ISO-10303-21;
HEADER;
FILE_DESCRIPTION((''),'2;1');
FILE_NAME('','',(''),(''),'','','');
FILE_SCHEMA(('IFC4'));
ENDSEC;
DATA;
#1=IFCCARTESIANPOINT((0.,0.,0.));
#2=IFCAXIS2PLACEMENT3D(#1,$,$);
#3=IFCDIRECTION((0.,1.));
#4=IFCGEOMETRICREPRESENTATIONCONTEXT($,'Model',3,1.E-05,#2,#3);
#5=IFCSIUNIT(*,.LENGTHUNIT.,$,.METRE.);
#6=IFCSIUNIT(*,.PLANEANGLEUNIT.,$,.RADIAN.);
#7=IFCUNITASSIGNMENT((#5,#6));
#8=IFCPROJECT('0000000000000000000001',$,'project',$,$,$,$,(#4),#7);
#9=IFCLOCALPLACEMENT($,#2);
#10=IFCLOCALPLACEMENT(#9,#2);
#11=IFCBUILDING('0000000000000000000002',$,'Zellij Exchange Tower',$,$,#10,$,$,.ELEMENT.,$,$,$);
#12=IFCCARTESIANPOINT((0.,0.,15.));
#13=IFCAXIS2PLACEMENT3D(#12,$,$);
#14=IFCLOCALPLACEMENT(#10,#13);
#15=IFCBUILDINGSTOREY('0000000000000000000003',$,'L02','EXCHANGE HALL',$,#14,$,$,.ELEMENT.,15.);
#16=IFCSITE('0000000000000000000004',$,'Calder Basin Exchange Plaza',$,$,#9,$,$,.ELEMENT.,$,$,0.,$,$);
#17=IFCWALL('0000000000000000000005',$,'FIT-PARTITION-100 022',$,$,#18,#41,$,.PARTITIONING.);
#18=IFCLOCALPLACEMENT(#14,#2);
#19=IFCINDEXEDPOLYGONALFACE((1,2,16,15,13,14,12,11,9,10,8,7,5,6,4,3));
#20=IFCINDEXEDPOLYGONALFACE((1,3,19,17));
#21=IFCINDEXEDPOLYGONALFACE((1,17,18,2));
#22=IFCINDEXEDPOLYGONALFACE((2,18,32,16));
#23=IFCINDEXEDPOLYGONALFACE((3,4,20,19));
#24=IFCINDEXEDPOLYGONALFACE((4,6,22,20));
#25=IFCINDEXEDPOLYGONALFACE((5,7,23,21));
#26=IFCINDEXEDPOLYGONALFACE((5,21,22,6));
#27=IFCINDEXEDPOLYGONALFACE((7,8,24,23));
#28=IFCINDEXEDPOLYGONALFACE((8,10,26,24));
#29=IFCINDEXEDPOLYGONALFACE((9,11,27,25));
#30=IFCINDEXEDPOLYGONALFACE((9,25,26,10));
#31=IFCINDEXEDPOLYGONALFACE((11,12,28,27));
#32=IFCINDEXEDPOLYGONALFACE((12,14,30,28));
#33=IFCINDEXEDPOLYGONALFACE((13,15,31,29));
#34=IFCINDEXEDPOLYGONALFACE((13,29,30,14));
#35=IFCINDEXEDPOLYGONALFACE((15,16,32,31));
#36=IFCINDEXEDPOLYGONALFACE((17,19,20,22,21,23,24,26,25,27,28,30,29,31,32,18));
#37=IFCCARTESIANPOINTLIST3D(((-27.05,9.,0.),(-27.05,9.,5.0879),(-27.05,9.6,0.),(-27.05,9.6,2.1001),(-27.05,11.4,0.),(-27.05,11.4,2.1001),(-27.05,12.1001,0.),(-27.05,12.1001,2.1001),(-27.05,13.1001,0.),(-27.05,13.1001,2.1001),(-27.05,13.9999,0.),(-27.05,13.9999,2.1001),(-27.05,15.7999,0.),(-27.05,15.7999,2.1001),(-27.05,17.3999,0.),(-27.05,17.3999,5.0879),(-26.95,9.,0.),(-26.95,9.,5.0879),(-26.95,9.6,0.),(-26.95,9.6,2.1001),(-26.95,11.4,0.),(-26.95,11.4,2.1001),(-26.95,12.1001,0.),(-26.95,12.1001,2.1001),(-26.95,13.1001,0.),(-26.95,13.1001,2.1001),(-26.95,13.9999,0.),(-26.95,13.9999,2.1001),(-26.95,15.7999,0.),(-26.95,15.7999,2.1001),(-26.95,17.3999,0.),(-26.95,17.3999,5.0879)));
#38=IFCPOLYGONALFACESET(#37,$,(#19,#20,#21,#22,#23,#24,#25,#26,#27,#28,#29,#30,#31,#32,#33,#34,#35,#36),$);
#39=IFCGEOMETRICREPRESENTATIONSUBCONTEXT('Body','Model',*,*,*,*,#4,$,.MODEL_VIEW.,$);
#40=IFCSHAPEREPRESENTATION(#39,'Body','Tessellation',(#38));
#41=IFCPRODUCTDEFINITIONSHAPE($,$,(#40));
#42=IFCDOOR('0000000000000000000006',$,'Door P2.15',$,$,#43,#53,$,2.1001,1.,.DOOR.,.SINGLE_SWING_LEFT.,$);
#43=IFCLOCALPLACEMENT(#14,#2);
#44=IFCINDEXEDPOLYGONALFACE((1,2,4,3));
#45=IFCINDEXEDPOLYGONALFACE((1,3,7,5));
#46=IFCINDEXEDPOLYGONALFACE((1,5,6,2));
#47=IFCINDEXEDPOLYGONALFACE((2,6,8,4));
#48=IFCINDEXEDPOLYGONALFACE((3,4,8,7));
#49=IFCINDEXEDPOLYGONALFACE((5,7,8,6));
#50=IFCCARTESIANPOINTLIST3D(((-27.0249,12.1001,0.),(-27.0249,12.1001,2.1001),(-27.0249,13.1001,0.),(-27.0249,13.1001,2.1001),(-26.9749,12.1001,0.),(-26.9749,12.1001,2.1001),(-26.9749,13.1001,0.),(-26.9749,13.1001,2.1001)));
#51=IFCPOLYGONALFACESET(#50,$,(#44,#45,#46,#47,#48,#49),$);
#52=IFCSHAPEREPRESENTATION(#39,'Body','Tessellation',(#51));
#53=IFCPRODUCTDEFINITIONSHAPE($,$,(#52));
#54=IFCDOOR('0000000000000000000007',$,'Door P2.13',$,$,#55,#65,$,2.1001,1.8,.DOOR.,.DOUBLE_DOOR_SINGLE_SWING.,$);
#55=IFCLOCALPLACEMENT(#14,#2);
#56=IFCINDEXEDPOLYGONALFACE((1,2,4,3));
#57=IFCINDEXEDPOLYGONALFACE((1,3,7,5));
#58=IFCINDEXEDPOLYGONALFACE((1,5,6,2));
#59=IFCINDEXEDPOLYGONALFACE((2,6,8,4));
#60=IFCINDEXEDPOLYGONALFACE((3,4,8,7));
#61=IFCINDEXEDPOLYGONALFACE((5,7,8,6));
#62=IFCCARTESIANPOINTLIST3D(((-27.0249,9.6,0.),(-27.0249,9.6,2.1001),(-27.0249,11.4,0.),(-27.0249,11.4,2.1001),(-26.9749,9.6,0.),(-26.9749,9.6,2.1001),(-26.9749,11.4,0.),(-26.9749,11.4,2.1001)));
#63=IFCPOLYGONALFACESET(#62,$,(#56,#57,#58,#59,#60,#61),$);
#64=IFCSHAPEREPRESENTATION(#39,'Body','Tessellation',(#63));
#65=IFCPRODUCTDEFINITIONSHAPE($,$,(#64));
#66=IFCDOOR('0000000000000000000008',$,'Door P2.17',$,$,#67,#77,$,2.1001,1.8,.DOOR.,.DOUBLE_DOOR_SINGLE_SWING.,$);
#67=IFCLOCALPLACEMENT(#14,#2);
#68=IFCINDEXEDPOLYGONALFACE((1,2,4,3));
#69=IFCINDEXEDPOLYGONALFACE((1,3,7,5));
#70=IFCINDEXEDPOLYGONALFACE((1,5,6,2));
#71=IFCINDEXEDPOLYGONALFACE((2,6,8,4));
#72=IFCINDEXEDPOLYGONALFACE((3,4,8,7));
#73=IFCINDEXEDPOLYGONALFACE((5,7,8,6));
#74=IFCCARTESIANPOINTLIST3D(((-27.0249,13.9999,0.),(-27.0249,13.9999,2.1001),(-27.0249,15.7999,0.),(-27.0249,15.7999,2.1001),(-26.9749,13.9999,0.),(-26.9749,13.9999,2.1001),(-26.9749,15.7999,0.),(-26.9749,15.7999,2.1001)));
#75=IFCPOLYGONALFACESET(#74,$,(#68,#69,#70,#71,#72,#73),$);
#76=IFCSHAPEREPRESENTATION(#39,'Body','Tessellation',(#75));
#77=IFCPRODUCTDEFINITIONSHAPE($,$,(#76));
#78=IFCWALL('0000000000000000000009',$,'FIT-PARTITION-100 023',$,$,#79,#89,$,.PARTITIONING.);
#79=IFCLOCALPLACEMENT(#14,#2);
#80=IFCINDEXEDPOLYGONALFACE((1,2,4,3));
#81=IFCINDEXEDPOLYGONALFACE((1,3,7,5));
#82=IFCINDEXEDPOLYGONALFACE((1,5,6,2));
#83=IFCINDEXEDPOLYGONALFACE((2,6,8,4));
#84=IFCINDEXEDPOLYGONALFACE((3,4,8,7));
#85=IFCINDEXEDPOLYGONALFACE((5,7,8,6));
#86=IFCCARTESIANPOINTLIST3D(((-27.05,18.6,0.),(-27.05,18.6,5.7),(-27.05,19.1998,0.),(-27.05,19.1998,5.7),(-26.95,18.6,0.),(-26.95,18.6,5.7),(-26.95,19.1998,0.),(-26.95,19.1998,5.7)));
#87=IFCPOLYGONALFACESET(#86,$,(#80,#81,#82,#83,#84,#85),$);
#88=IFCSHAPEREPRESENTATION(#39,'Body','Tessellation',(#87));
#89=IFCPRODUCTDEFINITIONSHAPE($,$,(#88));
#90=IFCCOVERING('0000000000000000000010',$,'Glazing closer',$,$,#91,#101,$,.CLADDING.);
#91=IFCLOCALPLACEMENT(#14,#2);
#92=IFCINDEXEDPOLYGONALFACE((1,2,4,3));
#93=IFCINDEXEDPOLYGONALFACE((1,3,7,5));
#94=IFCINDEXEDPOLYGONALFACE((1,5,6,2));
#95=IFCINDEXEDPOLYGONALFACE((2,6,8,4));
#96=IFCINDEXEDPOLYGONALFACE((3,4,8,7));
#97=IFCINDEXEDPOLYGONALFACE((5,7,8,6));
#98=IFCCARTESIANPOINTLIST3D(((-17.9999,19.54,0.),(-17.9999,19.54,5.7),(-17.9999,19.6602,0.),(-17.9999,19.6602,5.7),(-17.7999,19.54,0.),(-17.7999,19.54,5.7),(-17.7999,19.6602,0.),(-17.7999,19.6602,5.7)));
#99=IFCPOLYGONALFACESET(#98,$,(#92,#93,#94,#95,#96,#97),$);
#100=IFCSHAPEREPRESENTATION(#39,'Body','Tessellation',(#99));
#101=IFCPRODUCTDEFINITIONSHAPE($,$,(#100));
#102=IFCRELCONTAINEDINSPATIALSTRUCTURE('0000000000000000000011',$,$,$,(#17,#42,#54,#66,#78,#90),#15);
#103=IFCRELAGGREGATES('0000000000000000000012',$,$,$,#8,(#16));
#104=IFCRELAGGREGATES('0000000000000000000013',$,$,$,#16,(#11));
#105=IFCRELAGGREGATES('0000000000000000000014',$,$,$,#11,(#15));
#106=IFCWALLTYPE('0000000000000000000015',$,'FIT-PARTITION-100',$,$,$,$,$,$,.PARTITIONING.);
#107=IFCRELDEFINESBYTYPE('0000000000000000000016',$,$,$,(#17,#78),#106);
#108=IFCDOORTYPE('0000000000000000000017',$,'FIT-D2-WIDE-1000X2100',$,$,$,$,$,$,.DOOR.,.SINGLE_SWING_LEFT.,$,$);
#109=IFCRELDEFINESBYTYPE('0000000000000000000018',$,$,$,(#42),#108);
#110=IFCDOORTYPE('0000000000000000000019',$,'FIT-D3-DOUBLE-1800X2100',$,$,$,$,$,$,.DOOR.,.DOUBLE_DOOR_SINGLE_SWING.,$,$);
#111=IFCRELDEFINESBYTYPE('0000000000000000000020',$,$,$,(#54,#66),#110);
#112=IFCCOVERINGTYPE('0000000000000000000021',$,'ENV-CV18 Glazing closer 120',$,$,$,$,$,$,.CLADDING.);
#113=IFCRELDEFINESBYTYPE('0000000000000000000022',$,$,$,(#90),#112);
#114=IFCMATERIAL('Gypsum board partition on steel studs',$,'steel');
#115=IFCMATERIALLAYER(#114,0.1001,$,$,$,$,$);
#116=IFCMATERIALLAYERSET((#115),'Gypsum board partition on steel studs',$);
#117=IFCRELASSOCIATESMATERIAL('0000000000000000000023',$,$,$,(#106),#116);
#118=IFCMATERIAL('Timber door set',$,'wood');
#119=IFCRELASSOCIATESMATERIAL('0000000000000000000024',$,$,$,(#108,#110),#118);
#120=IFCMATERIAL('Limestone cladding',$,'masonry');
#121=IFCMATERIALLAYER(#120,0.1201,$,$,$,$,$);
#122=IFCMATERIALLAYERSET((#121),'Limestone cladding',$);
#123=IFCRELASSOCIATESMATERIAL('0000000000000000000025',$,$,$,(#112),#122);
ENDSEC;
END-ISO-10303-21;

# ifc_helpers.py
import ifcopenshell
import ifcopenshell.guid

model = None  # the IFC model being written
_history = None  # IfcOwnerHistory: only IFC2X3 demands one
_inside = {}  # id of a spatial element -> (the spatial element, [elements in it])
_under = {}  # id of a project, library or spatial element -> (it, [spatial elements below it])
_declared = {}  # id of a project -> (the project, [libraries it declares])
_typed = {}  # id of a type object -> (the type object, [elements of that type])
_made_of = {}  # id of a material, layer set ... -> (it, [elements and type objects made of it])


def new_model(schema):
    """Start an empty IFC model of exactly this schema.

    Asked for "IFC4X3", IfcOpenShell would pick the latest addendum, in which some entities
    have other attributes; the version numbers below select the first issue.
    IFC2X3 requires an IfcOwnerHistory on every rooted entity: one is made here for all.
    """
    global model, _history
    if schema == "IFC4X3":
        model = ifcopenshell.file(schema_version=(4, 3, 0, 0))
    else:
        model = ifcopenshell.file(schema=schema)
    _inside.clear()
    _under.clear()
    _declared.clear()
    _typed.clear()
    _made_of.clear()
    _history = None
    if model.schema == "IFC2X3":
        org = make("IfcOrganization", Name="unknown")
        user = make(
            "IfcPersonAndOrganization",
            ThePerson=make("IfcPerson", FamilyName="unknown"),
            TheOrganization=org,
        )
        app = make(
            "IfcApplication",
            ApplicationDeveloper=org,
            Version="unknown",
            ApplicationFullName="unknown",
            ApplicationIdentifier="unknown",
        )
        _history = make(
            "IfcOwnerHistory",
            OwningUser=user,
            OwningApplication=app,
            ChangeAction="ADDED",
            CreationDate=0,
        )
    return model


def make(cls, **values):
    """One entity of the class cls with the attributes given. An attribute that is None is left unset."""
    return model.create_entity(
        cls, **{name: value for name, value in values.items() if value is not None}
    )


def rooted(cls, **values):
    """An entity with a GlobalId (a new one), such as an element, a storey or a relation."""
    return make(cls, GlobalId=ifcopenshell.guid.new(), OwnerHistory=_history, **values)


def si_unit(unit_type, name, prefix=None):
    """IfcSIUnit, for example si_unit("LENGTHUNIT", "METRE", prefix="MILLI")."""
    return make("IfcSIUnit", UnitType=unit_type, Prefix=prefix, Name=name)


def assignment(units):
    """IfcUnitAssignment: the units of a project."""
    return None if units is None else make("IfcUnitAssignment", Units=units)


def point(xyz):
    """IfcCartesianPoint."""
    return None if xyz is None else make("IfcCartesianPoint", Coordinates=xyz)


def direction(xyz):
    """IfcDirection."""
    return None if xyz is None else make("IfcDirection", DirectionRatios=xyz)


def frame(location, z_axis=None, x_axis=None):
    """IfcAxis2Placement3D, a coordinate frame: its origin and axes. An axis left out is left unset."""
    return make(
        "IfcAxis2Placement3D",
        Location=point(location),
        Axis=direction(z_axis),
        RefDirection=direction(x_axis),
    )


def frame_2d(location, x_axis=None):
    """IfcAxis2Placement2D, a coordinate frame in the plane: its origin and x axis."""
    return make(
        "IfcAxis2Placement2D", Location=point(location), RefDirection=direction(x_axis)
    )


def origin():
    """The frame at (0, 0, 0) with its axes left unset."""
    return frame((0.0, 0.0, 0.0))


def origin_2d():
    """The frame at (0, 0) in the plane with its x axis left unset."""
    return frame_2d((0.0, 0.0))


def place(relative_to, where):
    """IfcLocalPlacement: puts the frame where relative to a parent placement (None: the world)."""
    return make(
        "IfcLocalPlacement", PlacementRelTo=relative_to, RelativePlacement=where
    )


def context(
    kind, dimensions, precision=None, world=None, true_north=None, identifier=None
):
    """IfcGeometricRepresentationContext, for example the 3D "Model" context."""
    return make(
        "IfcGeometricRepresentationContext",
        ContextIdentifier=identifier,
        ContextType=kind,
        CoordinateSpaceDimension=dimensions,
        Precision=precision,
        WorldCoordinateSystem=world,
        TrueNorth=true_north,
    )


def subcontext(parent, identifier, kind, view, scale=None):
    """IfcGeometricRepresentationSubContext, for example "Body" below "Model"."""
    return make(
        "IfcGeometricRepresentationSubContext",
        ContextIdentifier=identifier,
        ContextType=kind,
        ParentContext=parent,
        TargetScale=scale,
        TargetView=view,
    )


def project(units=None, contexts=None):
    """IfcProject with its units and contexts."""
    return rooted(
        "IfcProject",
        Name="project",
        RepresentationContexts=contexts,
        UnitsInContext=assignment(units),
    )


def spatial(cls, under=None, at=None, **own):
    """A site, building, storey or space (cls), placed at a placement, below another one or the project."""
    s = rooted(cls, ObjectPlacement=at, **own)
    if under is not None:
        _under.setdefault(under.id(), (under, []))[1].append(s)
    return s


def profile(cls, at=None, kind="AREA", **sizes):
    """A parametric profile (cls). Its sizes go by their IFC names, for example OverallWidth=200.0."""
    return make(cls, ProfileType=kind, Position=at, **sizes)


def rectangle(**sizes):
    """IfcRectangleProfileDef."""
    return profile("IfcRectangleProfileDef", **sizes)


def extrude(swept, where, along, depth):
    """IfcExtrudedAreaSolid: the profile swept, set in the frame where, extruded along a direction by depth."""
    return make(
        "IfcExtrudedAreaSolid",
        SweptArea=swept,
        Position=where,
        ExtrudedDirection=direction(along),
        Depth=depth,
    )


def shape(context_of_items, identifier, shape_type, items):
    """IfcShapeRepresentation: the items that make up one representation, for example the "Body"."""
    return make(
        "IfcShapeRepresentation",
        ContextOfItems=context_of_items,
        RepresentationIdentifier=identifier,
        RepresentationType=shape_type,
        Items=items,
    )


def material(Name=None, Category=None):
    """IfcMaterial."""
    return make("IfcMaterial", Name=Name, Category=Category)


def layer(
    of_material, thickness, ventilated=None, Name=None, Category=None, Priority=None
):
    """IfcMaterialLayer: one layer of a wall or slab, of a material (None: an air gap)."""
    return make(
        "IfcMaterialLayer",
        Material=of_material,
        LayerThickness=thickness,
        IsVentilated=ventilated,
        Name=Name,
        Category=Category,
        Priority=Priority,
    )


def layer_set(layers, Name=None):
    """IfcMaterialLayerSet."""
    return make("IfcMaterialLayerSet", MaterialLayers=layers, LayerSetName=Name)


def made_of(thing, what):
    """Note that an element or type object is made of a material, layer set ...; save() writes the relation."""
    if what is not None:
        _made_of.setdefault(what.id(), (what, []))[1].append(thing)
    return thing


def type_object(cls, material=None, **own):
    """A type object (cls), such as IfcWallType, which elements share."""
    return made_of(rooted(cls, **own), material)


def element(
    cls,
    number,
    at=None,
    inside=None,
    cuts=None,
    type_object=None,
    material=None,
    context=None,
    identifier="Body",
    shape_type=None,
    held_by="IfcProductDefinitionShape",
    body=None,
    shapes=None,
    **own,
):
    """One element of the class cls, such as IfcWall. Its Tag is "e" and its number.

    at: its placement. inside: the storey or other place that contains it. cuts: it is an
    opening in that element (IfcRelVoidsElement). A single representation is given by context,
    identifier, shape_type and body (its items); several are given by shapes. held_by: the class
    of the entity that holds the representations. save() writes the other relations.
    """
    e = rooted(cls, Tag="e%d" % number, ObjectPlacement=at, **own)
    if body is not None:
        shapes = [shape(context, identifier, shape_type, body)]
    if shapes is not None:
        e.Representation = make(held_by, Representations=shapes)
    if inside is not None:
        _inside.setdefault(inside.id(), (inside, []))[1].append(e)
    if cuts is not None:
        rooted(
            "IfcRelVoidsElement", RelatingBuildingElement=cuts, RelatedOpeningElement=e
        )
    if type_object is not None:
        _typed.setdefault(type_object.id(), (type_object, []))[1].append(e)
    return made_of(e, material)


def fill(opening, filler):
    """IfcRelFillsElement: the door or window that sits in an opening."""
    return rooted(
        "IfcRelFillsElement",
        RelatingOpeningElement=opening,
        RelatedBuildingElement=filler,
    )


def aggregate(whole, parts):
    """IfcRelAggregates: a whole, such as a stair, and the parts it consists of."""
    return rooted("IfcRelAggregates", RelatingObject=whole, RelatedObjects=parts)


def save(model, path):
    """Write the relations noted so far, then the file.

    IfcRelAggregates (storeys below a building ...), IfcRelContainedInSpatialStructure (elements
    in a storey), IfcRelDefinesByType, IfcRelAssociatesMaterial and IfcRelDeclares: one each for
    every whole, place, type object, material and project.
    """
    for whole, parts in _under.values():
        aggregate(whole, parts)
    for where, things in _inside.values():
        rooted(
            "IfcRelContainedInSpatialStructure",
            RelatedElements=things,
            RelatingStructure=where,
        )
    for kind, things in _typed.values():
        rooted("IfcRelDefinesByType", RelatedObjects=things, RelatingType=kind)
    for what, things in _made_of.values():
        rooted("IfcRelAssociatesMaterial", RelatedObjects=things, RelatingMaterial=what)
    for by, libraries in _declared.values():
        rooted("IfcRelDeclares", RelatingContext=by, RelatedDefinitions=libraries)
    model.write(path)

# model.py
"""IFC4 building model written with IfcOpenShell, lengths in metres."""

from ifc_helpers import new_model, si_unit, direction, frame, frame_2d, origin, origin_2d, place, context, subcontext, project, spatial, rectangle, extrude, material, layer, layer_set, type_object, element, fill, save


model = new_model("IFC4")

# Units and contexts
model_context = context("Model", 3, precision=1e-05, world=origin(), true_north=direction((0.0, 1.0)))
body_context = subcontext(model_context, "Body", "Model", "MODEL_VIEW")
ifc_project = project(units=[si_unit("LENGTHUNIT", "METRE"), si_unit("PLANEANGLEUNIT", "RADIAN")], contexts=[model_context])

# Site, building, storey
site_placement = place(None, origin())
site = spatial("IfcSite", under=ifc_project, at=site_placement, Name="Calder Basin Exchange Plaza", CompositionType="ELEMENT", RefElevation=0.0)
building_placement = place(site_placement, origin())
building = spatial("IfcBuilding", under=site, at=building_placement, Name="Zellij Exchange Tower", CompositionType="ELEMENT")
storey_placement = place(building_placement, frame((0.0, 0.0, 15.0)))
storey = spatial("IfcBuildingStorey", under=building, at=storey_placement, Name="L02", Description="EXCHANGE HALL", CompositionType="ELEMENT", Elevation=15.0)

# Wall, openings, doors
ifc_material_1 = material(Name="Gypsum board partition on steel studs", Category="steel")
ifc_layer_1 = layer(ifc_material_1, 0.1001)
ifc_layer_set_1 = layer_set([ifc_layer_1], Name="Gypsum board partition on steel studs")
wall_type_1 = type_object("IfcWallType", Name="FIT-PARTITION-100", PredefinedType="PARTITIONING", material=ifc_layer_set_1)
wall_1_placement = place(storey_placement, frame((-27.0, 9.0, 0.0), z_axis=(0.0, 0.0, 1.0), x_axis=(0.0, 1.0, 0.0)))
wall_1 = element("IfcWall", 1, at=wall_1_placement, inside=storey, type_object=wall_type_1, Name="FIT-PARTITION-100 022", PredefinedType="PARTITIONING", context=body_context, shape_type="SweptSolid", body=[
    extrude(rectangle(XDim=8.3999, YDim=0.1001, at=frame_2d((4.2, 0.0))), origin(), (0.0, 0.0, 1.0), 5.0879),
])
opening_1_placement = place(wall_1_placement, frame((0.6001, 0.0, 0.0)))
opening_1 = element("IfcOpeningElement", 2, at=opening_1_placement, cuts=wall_1, PredefinedType="OPENING", context=body_context, shape_type="SweptSolid", body=[
    extrude(rectangle(XDim=1.8, YDim=2.1001, at=frame_2d((0.8999, 1.05))), frame((0.0, 0.062, 0.0), z_axis=(0.0, -1.0, 0.0), x_axis=(1.0, 0.0, 0.0)), (0.0, 0.0, 1.0), 0.124),
])
opening_2_placement = place(wall_1_placement, frame((3.1001, 0.0, 0.0)))
opening_2 = element("IfcOpeningElement", 3, at=opening_2_placement, cuts=wall_1, PredefinedType="OPENING", context=body_context, shape_type="SweptSolid", body=[
    extrude(rectangle(XDim=1.0, YDim=2.1001, at=frame_2d((0.5, 1.05))), frame((0.0, 0.062, 0.0), z_axis=(0.0, -1.0, 0.0), x_axis=(1.0, 0.0, 0.0)), (0.0, 0.0, 1.0), 0.124),
])
opening_3_placement = place(wall_1_placement, frame((5.0, 0.0, 0.0)))
opening_3 = element("IfcOpeningElement", 4, at=opening_3_placement, cuts=wall_1, PredefinedType="OPENING", context=body_context, shape_type="SweptSolid", body=[
    extrude(rectangle(XDim=1.8, YDim=2.1001, at=frame_2d((0.8999, 1.05))), frame((0.0, 0.062, 0.0), z_axis=(0.0, -1.0, 0.0), x_axis=(1.0, 0.0, 0.0)), (0.0, 0.0, 1.0), 0.124),
])
ifc_material_2 = material(Name="Timber door set", Category="wood")
door_type_1 = type_object("IfcDoorType", Name="FIT-D2-WIDE-1000X2100", OperationType="SINGLE_SWING_LEFT", PredefinedType="DOOR", material=ifc_material_2)
door_1_placement = place(opening_2_placement, origin())
door_1 = element("IfcDoor", 5, at=door_1_placement, inside=storey, type_object=door_type_1, Name="Door P2.15", OperationType="SINGLE_SWING_LEFT", OverallHeight=2.1001, OverallWidth=1.0, PredefinedType="DOOR", context=body_context, shape_type="SweptSolid", body=[
    extrude(rectangle(XDim=1.0, YDim=2.1001, at=frame_2d((0.5, 1.05))), frame((0.0, 0.0249, 0.0), z_axis=(0.0, -1.0, 0.0), x_axis=(1.0, 0.0, 0.0)), (0.0, 0.0, 1.0), 0.05),
])
fill(opening_2, door_1)
door_type_2 = type_object("IfcDoorType", Name="FIT-D3-DOUBLE-1800X2100", OperationType="DOUBLE_DOOR_SINGLE_SWING", PredefinedType="DOOR", material=ifc_material_2)
door_2_placement = place(opening_1_placement, origin())
door_2 = element("IfcDoor", 6, at=door_2_placement, inside=storey, type_object=door_type_2, Name="Door P2.13", OperationType="DOUBLE_DOOR_SINGLE_SWING", OverallHeight=2.1001, OverallWidth=1.8, PredefinedType="DOOR", context=body_context, shape_type="SweptSolid", body=[
    extrude(rectangle(XDim=1.8, YDim=2.1001, at=frame_2d((0.8999, 1.05))), frame((0.0, 0.0249, 0.0), z_axis=(0.0, -1.0, 0.0), x_axis=(1.0, 0.0, 0.0)), (0.0, 0.0, 1.0), 0.05),
])
fill(opening_1, door_2)
door_3_placement = place(opening_3_placement, origin())
door_3 = element("IfcDoor", 7, at=door_3_placement, inside=storey, type_object=door_type_2, Name="Door P2.17", OperationType="DOUBLE_DOOR_SINGLE_SWING", OverallHeight=2.1001, OverallWidth=1.8, PredefinedType="DOOR", context=body_context, shape_type="SweptSolid", body=[
    extrude(rectangle(XDim=1.8, YDim=2.1001, at=frame_2d((0.8999, 1.05))), frame((0.0, 0.0249, 0.0), z_axis=(0.0, -1.0, 0.0), x_axis=(1.0, 0.0, 0.0)), (0.0, 0.0, 1.0), 0.05),
])
fill(opening_3, door_3)

# Wall
wall_2_placement = place(storey_placement, frame((-27.0, 18.6001, 0.0), z_axis=(0.0, 0.0, 1.0), x_axis=(0.0, 1.0, 0.0)))
element("IfcWall", 8, at=wall_2_placement, inside=storey, type_object=wall_type_1, Name="FIT-PARTITION-100 023", PredefinedType="PARTITIONING", context=body_context, shape_type="SweptSolid", body=[
    extrude(rectangle(XDim=0.5999, YDim=0.1001, at=frame_2d((0.2998, 0.0))), origin(), (0.0, 0.0, 1.0), 5.7),
])

# Covering
ifc_material_3 = material(Name="Limestone cladding", Category="masonry")
ifc_layer_2 = layer(ifc_material_3, 0.1201)
ifc_layer_set_2 = layer_set([ifc_layer_2], Name="Limestone cladding")
covering_type = type_object("IfcCoveringType", Name="ENV-CV18 Glazing closer 120", PredefinedType="CLADDING", material=ifc_layer_set_2)
covering_placement = place(storey_placement, frame((-17.8999, 19.6001, 0.0), z_axis=(0.0, 0.0, 1.0), x_axis=(-1.0, 0.0, 0.0)))
element("IfcCovering", 9, at=covering_placement, inside=storey, type_object=covering_type, Name="Glazing closer", PredefinedType="CLADDING", context=body_context, shape_type="SweptSolid", body=[
    extrude(rectangle(XDim=0.2, YDim=0.1201, at=origin_2d()), origin(), (0.0, 0.0, 1.0), 5.7),
])

save(model, "model.ifc")
